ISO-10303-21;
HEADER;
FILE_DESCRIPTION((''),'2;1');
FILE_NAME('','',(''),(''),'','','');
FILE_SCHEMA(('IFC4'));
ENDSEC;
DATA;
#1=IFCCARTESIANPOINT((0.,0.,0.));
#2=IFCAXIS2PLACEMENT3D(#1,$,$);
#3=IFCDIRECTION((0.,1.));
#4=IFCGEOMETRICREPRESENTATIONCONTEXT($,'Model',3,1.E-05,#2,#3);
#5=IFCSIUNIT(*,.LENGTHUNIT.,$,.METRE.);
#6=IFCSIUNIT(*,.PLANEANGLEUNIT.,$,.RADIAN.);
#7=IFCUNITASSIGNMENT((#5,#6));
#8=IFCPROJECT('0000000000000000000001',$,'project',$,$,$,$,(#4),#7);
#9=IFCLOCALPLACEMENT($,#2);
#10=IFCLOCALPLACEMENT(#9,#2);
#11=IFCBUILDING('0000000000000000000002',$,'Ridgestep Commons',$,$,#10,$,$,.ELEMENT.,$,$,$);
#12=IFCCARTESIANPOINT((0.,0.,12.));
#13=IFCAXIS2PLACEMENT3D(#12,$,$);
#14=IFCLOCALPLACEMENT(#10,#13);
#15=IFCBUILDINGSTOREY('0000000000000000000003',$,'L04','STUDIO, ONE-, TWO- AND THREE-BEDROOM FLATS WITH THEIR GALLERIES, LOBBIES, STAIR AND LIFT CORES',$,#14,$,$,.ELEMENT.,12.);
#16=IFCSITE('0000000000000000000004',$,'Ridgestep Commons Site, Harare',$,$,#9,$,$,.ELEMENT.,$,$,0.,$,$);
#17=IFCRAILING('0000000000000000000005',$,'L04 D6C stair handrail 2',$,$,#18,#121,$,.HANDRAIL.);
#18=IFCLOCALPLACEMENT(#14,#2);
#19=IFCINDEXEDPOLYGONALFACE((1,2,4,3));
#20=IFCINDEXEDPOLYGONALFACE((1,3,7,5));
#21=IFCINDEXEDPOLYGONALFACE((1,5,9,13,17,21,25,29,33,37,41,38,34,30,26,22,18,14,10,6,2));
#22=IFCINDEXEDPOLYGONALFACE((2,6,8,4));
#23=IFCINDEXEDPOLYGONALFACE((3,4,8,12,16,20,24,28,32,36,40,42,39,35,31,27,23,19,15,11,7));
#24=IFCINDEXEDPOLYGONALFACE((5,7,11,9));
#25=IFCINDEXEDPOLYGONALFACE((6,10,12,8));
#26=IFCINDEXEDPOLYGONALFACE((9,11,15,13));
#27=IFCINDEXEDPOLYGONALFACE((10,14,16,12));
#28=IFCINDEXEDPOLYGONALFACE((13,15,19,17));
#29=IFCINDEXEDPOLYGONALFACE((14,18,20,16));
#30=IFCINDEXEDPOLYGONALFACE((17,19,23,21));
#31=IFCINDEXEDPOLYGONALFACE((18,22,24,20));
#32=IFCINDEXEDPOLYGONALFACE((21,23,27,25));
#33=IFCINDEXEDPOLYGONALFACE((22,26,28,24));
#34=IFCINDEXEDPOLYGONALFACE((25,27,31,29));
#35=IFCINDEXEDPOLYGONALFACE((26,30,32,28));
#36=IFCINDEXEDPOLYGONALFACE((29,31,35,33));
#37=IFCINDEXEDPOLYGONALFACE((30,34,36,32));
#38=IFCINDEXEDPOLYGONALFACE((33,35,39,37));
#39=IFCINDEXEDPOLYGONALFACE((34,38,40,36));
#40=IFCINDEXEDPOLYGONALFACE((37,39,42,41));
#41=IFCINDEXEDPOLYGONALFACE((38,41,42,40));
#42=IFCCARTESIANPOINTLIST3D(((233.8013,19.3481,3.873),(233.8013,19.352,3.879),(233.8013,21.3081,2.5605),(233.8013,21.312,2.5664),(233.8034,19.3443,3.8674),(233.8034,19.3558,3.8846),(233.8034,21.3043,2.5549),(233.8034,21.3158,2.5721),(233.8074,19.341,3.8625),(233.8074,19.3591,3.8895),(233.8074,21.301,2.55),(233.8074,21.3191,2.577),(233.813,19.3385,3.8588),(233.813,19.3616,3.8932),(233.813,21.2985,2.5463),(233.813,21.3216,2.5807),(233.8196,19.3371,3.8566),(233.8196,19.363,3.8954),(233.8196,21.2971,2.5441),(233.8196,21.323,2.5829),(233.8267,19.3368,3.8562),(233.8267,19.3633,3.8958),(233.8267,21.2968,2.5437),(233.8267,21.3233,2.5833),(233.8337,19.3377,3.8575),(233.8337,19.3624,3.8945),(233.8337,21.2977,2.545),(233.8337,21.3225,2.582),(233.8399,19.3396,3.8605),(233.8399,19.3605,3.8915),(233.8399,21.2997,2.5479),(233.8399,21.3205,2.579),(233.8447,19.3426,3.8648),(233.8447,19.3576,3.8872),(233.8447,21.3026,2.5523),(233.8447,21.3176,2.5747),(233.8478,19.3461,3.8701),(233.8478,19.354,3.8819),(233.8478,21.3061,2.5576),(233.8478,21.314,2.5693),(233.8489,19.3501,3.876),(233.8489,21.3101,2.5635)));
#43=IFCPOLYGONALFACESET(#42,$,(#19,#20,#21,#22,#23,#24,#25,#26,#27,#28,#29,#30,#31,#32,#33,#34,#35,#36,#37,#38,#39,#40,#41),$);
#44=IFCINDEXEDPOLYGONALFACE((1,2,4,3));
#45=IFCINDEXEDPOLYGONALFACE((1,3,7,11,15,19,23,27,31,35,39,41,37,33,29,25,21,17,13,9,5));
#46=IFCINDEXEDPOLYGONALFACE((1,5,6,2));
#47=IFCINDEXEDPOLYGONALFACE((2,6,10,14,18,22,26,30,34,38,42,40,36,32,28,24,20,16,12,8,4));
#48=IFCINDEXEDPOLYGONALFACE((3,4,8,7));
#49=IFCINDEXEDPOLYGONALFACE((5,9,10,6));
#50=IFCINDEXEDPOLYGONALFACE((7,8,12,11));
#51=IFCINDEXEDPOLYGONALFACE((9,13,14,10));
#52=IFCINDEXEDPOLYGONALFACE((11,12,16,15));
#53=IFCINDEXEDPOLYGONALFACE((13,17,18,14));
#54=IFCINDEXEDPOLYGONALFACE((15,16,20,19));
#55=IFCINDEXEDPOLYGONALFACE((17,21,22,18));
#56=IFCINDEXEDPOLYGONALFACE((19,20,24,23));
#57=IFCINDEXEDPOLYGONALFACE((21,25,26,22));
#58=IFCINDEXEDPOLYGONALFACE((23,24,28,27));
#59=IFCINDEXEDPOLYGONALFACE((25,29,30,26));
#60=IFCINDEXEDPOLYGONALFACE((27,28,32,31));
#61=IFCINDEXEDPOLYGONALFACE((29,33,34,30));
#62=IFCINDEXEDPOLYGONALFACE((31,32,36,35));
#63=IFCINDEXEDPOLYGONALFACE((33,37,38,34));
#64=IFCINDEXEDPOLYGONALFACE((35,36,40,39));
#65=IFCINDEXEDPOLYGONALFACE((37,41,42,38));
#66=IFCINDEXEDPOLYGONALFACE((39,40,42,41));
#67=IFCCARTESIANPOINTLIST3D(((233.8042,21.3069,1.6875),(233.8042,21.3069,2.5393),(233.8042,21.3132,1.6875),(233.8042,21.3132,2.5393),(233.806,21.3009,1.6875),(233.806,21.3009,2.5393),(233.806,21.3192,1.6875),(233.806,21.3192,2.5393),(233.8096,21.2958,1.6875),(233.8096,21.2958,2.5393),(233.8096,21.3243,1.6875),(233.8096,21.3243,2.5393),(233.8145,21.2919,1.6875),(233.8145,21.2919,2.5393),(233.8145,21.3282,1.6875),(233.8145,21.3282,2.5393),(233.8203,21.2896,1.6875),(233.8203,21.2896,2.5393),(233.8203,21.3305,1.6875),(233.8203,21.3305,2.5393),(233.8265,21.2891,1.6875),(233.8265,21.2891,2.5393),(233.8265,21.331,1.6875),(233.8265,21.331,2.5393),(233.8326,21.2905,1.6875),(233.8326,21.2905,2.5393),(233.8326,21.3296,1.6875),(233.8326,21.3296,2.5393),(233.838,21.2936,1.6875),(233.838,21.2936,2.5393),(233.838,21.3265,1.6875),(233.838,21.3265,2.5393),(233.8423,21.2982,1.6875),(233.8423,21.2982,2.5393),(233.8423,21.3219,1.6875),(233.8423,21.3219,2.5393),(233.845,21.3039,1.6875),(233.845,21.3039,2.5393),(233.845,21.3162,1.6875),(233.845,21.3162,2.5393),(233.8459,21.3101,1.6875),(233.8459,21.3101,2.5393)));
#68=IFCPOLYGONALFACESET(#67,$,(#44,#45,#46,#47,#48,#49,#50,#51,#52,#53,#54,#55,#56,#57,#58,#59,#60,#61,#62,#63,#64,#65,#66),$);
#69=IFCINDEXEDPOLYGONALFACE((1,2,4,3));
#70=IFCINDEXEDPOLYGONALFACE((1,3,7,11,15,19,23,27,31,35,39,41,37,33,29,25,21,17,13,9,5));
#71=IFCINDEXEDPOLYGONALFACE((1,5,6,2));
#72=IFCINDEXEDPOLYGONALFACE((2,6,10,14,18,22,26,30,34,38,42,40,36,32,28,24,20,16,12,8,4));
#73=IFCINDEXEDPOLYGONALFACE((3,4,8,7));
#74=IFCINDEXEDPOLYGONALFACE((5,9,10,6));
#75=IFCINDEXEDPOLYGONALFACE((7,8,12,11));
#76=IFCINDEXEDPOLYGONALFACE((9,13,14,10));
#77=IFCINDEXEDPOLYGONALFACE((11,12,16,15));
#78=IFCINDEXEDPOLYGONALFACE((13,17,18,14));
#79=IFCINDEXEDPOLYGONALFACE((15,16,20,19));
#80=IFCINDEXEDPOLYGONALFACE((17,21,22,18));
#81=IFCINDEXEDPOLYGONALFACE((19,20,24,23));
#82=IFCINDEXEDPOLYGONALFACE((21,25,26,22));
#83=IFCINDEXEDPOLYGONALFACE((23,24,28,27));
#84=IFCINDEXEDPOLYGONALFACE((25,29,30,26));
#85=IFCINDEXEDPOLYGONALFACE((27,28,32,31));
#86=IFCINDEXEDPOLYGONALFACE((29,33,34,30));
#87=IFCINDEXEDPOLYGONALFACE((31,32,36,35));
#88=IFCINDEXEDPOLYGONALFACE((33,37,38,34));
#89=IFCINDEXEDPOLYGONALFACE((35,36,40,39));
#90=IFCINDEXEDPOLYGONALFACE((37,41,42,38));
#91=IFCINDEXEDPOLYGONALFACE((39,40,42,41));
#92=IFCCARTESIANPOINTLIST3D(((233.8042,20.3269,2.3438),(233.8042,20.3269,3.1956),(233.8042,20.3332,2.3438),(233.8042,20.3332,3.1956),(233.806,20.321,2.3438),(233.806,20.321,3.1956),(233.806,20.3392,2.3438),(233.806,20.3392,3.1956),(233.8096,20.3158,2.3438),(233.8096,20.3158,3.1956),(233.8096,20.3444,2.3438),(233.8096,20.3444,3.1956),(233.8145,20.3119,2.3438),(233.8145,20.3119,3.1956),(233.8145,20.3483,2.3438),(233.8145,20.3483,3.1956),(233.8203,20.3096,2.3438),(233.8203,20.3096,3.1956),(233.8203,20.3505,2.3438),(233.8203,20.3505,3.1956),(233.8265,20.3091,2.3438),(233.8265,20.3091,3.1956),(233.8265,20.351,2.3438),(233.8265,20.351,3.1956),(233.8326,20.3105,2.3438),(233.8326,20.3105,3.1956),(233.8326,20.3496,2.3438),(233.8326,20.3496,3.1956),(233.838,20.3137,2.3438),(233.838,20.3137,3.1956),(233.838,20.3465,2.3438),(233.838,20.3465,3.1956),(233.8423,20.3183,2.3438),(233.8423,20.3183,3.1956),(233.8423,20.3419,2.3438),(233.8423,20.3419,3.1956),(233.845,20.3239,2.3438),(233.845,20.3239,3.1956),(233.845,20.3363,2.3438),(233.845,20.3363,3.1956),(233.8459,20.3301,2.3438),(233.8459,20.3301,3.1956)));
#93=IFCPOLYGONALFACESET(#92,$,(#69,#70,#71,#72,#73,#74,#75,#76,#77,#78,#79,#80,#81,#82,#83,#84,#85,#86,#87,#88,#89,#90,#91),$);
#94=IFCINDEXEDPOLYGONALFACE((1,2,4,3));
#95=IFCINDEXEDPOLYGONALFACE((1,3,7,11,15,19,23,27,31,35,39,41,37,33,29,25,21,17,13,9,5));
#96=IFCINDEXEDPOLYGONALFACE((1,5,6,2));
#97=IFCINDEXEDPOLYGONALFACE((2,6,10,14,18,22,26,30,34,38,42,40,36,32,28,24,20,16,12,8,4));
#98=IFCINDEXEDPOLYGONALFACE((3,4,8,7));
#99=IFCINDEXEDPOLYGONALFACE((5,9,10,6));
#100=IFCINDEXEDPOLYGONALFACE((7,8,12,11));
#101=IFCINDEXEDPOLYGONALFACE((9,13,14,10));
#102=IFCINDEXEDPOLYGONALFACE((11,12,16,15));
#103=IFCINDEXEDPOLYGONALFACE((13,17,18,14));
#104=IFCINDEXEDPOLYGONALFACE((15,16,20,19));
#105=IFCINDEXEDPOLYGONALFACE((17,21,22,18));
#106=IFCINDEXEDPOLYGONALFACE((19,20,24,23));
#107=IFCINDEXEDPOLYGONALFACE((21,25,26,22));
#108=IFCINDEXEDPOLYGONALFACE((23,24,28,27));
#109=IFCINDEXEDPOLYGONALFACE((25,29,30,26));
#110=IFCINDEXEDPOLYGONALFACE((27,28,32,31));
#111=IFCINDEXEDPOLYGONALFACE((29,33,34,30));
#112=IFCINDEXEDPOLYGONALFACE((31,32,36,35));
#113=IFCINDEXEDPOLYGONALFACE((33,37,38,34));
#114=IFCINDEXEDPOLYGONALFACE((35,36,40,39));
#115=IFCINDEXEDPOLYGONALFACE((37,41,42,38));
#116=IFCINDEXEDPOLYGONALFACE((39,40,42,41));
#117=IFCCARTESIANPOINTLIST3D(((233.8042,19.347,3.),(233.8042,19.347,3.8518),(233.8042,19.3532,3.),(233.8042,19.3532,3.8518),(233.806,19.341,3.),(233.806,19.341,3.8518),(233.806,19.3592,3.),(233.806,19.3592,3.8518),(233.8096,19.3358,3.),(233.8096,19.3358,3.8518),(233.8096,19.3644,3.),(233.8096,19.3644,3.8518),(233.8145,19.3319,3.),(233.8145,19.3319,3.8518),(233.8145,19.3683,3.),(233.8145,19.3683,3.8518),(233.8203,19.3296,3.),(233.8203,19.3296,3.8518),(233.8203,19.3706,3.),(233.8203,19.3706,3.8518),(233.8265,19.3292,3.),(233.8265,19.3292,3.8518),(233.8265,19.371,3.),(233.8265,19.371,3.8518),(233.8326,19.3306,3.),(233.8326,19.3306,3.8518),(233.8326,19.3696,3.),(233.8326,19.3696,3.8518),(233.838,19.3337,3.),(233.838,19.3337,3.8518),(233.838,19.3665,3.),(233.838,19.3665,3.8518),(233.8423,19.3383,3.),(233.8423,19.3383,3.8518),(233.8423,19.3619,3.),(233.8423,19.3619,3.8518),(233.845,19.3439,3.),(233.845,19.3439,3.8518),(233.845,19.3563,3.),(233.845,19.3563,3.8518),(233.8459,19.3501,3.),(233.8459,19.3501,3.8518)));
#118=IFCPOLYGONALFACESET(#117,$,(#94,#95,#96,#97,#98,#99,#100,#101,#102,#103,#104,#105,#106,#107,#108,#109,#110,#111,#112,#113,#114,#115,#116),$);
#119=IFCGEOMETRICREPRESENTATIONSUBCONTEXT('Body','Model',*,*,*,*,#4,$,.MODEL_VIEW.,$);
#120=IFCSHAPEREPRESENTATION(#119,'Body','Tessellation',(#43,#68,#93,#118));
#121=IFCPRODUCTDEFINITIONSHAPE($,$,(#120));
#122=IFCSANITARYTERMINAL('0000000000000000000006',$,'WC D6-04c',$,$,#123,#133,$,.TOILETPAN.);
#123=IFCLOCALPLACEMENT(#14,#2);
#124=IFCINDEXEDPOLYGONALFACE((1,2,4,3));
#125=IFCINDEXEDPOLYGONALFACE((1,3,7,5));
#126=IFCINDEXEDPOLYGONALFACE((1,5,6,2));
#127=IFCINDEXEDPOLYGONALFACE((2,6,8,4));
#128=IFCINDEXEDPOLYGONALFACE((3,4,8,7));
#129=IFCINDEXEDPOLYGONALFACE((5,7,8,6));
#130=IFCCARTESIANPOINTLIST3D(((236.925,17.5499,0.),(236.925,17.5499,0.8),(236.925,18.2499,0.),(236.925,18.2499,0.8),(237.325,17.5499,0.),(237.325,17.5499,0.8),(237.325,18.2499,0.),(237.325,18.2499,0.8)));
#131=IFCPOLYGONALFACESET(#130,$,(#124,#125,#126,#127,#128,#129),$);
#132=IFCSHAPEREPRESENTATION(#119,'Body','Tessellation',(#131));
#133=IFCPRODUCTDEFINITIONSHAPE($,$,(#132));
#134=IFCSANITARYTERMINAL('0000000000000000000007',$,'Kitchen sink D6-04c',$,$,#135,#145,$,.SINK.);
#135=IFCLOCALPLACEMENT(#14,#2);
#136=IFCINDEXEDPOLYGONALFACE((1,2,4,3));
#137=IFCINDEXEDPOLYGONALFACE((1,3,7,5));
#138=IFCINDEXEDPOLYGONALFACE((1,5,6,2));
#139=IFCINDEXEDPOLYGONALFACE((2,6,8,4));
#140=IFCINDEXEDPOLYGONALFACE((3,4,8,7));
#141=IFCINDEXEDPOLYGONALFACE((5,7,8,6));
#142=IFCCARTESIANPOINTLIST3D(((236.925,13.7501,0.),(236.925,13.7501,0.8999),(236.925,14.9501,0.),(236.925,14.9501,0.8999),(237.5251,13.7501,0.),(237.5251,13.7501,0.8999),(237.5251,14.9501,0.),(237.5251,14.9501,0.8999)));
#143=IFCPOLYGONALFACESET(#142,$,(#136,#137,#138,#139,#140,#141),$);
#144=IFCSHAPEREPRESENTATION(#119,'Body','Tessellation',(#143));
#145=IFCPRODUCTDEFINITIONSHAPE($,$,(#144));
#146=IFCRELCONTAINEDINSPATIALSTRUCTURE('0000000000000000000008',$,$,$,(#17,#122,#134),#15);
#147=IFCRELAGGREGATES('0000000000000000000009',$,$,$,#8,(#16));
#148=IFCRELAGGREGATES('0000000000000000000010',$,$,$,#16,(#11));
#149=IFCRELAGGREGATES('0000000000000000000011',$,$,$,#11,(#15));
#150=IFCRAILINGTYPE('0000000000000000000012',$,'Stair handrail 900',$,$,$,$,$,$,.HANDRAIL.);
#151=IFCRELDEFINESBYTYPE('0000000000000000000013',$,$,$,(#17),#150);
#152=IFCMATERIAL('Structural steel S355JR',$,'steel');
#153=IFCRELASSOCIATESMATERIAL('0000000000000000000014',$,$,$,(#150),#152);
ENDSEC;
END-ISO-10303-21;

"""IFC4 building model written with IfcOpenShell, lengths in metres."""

from ifc_helpers import new_model, si_unit, direction, frame, origin, origin_2d, place, context, subcontext, project, spatial, rectangle, circle, extrude, material, type_object, element, save


model = new_model("IFC4")

# Units and contexts
model_context = context("Model", 3, precision=1e-05, world=origin(), true_north=direction((0.0, 1.0)))
body_context = subcontext(model_context, "Body", "Model", "MODEL_VIEW")
ifc_project = project(units=[si_unit("LENGTHUNIT", "METRE"), si_unit("PLANEANGLEUNIT", "RADIAN")], contexts=[model_context])

# Site, building, storey
site_placement = place(None, origin())
site = spatial("IfcSite", under=ifc_project, at=site_placement, Name="Ridgestep Commons Site, Harare", CompositionType="ELEMENT", RefElevation=0.0)
building_placement = place(site_placement, origin())
building = spatial("IfcBuilding", under=site, at=building_placement, Name="Ridgestep Commons", CompositionType="ELEMENT")
storey_placement = place(building_placement, frame((0.0, 0.0, 12.0)))
storey = spatial("IfcBuildingStorey", under=building, at=storey_placement, Name="L04", Description="STUDIO, ONE-, TWO- AND THREE-BEDROOM FLATS WITH THEIR GALLERIES, LOBBIES, STAIR AND LIFT CORES", CompositionType="ELEMENT", Elevation=12.0)

# Railing
ifc_material_1 = material(Name="Structural steel S355JR", Category="steel")
railing_type_1 = type_object("IfcRailingType", Name="Stair handrail 900", PredefinedType="HANDRAIL", material=ifc_material_1)
railing_1_placement = place(storey_placement, frame((233.825, 21.3101, 1.6875)))
element("IfcRailing", 1, at=railing_1_placement, inside=storey, type_object=railing_type_1, Name="L04 D6C stair handrail 2", PredefinedType="HANDRAIL", context=body_context, shape_type="SweptSolid", body=[
    extrude(circle(Radius=0.0239, at=origin_2d()), frame((0.0, 0.0, 0.876), z_axis=(0.0, -0.830902, 0.556419), x_axis=(1.0, 0.0, 0.0)), (0.0, 0.0, 1.0), 2.3589),
    extrude(circle(Radius=0.021, at=origin_2d()), origin(), (0.0, 0.0, 1.0), 0.8518),
    extrude(circle(Radius=0.021, at=origin_2d()), frame((0.0, -0.98, 0.6562)), (0.0, 0.0, 1.0), 0.8518),
    extrude(circle(Radius=0.021, at=origin_2d()), frame((0.0, -1.96, 1.3125)), (0.0, 0.0, 1.0), 0.8518),
])

# Sanitary terminals
sanitary_terminal_1_placement = place(storey_placement, frame((237.125, 17.8999, 0.0), z_axis=(0.0, 0.0, 1.0), x_axis=(1.0, 0.0, 0.0)))
element("IfcSanitaryTerminal", 2, at=sanitary_terminal_1_placement, inside=storey, Name="WC D6-04c", PredefinedType="TOILETPAN", context=body_context, shape_type="SweptSolid", body=[
    extrude(rectangle(XDim=0.3999, YDim=0.7, at=origin_2d()), origin(), (0.0, 0.0, 1.0), 0.8),
])
sanitary_terminal_2_placement = place(storey_placement, frame((237.2251, 14.3501, 0.0), z_axis=(0.0, 0.0, 1.0), x_axis=(1.0, 0.0, 0.0)))
element("IfcSanitaryTerminal", 3, at=sanitary_terminal_2_placement, inside=storey, Name="Kitchen sink D6-04c", PredefinedType="SINK", context=body_context, shape_type="SweptSolid", body=[
    extrude(rectangle(XDim=0.6001, YDim=1.2, at=origin_2d()), origin(), (0.0, 0.0, 1.0), 0.8999),
])

save(model, "model.ifc")
